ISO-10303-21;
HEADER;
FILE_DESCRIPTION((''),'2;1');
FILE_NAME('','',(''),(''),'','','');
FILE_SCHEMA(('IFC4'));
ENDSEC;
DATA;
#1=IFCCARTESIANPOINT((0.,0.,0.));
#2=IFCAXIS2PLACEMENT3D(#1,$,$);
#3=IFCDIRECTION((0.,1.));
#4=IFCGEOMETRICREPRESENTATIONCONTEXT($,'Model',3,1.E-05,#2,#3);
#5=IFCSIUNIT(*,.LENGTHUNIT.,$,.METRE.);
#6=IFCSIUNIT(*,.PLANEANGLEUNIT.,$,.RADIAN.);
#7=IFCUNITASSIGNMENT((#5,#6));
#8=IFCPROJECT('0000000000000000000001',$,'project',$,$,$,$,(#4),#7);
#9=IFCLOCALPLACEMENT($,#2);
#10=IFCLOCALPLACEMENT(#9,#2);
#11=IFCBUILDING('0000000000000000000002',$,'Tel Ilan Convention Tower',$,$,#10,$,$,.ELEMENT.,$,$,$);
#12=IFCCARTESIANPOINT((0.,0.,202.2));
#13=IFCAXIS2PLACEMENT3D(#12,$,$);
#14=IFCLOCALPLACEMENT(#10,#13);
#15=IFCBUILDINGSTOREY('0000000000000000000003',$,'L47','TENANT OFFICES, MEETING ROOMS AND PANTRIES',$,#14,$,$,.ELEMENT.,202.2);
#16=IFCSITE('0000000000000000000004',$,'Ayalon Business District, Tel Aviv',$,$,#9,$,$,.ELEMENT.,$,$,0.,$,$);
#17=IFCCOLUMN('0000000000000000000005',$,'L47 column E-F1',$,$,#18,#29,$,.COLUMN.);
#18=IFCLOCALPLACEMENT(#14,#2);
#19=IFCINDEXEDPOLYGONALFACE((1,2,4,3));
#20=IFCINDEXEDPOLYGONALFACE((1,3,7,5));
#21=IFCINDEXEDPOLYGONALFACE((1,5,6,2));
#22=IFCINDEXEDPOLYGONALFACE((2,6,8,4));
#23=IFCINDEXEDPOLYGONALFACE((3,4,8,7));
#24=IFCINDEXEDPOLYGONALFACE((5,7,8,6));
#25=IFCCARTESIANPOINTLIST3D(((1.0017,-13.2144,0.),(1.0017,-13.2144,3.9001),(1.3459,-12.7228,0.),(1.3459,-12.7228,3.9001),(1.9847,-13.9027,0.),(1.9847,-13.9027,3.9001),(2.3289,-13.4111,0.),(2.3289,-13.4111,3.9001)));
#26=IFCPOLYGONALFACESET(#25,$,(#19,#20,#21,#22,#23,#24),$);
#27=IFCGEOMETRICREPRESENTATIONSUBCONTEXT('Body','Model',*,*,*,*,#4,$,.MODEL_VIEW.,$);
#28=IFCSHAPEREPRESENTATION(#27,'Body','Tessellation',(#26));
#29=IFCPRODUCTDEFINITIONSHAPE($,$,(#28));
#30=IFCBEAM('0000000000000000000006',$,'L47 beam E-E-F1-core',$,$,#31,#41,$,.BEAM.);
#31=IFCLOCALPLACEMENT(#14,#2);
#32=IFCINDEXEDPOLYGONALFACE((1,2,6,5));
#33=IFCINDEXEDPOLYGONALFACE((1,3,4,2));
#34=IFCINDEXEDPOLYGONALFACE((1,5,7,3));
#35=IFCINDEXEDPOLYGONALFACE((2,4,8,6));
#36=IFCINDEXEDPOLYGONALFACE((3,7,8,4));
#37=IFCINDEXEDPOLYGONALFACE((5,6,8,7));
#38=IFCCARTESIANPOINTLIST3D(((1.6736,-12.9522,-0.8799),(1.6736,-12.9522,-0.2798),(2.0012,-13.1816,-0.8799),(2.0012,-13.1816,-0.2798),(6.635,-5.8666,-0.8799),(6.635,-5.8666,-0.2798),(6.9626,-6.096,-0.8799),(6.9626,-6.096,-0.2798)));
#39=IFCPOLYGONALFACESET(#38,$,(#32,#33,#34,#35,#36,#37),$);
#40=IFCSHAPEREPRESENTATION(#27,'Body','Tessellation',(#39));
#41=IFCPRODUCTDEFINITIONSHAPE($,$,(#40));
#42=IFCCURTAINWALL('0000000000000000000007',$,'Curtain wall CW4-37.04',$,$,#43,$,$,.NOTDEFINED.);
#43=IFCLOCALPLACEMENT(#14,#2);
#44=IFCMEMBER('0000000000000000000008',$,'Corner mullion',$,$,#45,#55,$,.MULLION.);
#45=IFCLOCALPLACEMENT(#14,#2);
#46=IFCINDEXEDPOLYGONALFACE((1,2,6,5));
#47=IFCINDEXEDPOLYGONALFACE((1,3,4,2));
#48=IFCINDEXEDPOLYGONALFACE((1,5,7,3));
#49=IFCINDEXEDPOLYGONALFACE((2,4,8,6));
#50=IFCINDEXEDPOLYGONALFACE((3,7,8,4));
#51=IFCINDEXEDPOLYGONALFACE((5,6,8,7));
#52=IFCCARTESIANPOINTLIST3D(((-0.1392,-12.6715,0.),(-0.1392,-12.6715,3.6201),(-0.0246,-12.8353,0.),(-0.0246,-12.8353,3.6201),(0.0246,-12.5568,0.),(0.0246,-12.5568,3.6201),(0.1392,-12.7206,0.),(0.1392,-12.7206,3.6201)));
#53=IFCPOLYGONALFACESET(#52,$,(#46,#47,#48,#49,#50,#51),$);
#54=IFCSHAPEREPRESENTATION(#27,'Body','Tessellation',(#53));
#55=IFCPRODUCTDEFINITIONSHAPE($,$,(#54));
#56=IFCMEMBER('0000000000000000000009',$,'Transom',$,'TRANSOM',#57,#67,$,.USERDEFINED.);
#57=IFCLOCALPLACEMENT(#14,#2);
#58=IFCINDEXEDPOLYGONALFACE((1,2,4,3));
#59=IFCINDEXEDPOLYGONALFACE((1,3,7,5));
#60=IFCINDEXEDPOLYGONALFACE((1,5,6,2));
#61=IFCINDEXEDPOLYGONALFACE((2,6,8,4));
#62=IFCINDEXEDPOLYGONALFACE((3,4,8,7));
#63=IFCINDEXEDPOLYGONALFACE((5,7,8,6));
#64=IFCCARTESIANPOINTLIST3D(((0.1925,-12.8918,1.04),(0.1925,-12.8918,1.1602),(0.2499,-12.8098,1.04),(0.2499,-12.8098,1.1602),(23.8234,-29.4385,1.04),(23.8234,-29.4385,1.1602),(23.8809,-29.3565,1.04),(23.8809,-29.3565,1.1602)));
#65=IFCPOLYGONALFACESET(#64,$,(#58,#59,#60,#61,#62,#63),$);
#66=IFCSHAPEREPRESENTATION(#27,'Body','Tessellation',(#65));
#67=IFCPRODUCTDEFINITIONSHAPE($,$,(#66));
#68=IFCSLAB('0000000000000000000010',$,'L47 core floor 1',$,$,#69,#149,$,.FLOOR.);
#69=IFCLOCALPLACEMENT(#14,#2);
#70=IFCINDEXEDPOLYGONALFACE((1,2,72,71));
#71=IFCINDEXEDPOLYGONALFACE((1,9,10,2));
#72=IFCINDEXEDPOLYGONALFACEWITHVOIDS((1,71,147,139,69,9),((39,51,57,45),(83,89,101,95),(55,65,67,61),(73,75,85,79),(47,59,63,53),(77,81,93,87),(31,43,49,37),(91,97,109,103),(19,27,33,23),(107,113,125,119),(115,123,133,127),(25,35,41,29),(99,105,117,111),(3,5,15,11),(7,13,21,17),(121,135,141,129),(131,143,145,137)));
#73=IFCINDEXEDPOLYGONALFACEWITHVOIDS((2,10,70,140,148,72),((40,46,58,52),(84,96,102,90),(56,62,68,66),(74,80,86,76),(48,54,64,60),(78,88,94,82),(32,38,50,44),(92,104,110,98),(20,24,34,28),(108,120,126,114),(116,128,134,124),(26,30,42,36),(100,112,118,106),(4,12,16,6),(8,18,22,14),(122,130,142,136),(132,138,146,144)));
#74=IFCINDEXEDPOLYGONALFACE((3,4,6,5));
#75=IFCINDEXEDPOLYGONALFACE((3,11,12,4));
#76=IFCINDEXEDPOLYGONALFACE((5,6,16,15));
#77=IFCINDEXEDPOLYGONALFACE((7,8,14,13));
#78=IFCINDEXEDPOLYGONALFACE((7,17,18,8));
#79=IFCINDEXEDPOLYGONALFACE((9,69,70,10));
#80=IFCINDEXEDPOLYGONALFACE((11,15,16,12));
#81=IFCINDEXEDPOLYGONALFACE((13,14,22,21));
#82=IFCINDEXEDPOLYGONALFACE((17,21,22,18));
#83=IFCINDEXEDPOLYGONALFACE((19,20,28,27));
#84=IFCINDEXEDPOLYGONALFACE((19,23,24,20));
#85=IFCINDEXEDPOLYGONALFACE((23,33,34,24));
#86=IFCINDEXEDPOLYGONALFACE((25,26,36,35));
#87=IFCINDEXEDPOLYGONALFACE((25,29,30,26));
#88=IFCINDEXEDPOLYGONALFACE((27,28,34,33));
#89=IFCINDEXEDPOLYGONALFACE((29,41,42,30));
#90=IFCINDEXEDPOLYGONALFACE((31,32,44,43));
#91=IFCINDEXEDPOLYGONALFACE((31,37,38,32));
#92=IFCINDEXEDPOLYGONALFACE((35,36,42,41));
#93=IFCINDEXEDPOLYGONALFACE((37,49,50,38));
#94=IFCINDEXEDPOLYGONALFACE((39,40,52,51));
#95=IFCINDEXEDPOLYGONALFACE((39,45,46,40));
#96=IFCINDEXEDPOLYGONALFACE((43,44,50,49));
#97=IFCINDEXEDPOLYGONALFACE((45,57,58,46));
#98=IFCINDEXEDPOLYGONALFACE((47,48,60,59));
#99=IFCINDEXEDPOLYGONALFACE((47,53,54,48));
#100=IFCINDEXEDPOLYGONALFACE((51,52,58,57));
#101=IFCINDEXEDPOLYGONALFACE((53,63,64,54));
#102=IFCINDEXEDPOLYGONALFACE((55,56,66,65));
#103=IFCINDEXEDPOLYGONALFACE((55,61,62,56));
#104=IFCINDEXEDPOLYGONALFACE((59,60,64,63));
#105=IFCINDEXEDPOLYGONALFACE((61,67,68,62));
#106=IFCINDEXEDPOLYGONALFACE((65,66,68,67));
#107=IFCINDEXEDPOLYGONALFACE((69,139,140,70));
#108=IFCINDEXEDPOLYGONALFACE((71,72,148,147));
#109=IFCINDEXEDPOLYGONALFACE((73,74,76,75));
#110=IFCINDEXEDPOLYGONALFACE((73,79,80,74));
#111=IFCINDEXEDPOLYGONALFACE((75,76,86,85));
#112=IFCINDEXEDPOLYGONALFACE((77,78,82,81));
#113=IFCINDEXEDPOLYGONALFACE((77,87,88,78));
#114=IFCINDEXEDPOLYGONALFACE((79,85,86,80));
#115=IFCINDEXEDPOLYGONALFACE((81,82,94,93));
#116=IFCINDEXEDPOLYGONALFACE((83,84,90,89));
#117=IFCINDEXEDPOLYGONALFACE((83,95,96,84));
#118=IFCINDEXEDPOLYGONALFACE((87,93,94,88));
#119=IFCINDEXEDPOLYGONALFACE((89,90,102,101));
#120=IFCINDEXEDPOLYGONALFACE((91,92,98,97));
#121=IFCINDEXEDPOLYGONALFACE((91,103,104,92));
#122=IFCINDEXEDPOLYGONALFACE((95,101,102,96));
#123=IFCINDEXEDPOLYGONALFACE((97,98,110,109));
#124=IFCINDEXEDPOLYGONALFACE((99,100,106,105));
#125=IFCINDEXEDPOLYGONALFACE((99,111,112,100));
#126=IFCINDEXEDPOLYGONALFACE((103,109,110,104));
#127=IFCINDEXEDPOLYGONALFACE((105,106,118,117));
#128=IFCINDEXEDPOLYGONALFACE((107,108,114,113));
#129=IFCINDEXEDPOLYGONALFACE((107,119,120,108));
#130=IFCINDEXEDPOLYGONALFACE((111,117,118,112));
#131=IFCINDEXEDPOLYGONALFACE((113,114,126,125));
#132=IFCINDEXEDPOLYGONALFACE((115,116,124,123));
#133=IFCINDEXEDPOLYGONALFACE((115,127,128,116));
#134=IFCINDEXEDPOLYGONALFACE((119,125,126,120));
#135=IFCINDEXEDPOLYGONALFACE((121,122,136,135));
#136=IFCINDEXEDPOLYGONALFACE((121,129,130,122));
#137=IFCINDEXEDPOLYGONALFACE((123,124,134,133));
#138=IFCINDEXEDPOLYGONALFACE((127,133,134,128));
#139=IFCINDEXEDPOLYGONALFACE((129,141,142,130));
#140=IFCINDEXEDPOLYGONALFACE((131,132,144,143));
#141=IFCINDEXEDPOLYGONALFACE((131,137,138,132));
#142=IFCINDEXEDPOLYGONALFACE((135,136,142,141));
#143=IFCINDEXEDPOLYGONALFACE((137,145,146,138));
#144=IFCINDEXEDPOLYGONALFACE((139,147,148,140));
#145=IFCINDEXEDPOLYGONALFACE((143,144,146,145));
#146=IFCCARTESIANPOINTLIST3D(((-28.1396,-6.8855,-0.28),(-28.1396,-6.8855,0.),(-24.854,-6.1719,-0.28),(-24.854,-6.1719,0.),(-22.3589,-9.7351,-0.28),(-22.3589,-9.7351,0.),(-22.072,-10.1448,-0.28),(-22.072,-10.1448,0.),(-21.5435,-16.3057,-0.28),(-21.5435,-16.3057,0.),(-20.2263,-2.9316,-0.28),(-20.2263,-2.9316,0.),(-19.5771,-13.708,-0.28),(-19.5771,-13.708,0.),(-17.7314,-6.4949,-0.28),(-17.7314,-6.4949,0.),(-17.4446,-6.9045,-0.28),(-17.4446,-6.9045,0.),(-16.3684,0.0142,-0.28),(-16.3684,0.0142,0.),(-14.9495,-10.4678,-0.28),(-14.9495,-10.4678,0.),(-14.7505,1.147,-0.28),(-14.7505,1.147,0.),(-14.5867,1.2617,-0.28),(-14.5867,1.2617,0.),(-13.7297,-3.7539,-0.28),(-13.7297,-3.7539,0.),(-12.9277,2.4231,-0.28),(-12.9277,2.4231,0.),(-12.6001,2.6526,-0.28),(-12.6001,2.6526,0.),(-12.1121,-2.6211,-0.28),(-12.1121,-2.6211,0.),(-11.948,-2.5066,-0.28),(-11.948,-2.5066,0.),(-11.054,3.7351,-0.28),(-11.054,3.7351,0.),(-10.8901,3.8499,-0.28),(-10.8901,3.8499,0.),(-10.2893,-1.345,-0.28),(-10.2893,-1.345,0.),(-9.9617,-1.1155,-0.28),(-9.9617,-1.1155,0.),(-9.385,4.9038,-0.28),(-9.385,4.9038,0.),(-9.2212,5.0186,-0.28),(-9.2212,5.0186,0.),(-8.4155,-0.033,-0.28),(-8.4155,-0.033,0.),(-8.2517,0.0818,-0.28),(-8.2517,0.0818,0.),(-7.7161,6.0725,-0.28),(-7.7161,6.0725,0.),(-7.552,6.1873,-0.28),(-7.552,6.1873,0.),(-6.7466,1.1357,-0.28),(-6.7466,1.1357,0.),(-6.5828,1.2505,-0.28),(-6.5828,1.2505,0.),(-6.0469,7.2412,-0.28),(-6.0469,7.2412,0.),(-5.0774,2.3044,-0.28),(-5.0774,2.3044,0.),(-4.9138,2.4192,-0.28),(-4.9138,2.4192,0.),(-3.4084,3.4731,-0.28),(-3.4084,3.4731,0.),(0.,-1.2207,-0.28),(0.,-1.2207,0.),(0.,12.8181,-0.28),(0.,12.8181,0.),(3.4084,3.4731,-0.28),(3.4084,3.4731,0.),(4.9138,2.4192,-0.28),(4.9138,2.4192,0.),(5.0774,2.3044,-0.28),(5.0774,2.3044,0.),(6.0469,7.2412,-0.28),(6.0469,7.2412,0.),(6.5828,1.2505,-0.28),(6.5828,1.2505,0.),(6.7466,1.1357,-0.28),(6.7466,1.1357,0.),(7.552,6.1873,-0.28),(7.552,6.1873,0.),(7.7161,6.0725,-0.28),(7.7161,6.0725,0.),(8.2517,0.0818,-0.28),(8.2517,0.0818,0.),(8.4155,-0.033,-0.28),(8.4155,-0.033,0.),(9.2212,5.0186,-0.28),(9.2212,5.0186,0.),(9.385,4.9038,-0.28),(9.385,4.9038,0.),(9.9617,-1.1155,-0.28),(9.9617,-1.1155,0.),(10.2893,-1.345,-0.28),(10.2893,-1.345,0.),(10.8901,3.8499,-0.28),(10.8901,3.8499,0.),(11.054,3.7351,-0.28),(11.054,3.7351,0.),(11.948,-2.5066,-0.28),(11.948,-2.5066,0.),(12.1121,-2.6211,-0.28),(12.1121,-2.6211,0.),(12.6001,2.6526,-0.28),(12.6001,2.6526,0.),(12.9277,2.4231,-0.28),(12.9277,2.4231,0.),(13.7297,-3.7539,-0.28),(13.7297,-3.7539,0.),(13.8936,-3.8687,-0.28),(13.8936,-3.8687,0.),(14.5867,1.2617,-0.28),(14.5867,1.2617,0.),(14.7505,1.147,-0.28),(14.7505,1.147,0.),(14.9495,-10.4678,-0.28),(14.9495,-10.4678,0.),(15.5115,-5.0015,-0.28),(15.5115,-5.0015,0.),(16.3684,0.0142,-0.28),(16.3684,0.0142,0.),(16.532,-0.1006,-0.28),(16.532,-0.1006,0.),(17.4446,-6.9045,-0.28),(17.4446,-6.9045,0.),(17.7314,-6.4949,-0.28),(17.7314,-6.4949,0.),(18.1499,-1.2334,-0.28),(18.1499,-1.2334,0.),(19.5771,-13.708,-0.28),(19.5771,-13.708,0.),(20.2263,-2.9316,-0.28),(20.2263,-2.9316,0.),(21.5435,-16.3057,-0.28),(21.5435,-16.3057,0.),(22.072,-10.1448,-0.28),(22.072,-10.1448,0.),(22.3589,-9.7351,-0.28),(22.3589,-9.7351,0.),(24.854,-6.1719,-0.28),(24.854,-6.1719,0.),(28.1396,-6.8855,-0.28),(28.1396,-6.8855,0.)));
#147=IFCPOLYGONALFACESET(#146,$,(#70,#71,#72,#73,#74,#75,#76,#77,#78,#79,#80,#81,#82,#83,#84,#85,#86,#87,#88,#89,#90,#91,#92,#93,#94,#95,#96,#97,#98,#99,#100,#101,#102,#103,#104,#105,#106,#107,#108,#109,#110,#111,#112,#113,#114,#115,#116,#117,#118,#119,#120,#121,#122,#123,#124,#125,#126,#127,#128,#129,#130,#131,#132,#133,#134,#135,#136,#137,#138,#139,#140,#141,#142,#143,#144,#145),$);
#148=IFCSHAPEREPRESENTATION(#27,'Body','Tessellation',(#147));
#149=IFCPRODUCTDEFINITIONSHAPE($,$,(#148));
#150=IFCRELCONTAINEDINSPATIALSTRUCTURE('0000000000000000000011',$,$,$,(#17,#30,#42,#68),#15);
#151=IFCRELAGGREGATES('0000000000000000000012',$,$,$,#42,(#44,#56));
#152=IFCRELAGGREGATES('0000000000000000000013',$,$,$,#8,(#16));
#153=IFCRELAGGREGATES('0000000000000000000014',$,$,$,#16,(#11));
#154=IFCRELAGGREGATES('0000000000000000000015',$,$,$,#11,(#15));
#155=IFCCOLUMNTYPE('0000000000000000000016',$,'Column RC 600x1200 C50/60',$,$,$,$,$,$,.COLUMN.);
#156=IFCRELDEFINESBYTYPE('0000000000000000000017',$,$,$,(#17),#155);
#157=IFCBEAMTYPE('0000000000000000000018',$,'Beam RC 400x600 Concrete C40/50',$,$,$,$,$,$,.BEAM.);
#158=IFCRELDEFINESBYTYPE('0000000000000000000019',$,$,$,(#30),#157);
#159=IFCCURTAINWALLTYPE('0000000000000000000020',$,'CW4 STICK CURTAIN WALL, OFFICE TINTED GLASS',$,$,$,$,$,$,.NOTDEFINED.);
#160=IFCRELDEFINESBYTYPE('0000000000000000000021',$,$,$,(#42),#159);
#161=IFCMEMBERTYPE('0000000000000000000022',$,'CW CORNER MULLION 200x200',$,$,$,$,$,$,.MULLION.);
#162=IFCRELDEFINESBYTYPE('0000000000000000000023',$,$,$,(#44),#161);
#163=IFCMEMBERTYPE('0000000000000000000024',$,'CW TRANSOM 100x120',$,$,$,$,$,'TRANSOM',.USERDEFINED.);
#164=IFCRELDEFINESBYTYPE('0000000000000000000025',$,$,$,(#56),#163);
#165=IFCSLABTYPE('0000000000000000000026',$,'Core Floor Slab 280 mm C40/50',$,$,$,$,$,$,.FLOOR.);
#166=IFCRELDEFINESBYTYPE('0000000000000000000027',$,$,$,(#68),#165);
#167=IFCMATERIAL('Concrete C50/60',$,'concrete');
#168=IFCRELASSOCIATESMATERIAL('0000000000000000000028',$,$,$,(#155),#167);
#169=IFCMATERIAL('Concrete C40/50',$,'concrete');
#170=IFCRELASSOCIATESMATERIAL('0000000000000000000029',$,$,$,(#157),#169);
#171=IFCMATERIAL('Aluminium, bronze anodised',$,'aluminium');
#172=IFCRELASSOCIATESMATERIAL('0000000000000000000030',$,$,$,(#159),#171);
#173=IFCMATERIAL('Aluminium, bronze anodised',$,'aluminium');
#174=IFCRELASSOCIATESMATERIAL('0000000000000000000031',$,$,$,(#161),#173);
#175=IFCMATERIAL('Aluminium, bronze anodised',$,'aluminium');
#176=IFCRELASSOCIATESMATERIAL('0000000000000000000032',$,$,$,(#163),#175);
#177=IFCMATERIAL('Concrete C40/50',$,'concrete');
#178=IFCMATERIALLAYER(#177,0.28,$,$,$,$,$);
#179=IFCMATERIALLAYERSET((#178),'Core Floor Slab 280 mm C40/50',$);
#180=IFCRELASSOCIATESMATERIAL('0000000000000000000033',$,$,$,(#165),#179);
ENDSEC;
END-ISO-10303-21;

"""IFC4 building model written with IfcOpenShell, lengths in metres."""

from ifc_helpers import new_model, si_unit, direction, frame, origin, origin_2d, place, context, subcontext, project, spatial, polyline, rectangle, outline, extrude, material, layer, layer_set, material_profile, profile_set, type_object, element, aggregate, save


model = new_model("IFC4")

# Units and contexts
model_context = context("Model", 3, precision=1e-05, world=origin(), true_north=direction((0.0, 1.0)))
body_context = subcontext(model_context, "Body", "Model", "MODEL_VIEW")
ifc_project = project(units=[si_unit("LENGTHUNIT", "METRE"), si_unit("PLANEANGLEUNIT", "RADIAN")], contexts=[model_context])

# Site, building, storey
site_placement = place(None, origin())
site = spatial("IfcSite", under=ifc_project, at=site_placement, Name="Ayalon Business District, Tel Aviv", CompositionType="ELEMENT", RefElevation=0.0)
building_placement = place(site_placement, origin())
building = spatial("IfcBuilding", under=site, at=building_placement, Name="Tel Ilan Convention Tower", CompositionType="ELEMENT")
storey_placement = place(building_placement, frame((0.0, 0.0, 202.2)))
storey = spatial("IfcBuildingStorey", under=building, at=storey_placement, Name="L47", Description="TENANT OFFICES, MEETING ROOMS AND PANTRIES", CompositionType="ELEMENT", Elevation=202.2)

# Column
ifc_material_1 = material(Name="Concrete C50/60", Category="concrete")
ifc_material_profile_1 = material_profile(ifc_material_1, rectangle(XDim=1.2, YDim=0.6001, at=origin_2d()), Name="RC 600x1200")
ifc_profile_set_1 = profile_set([ifc_material_profile_1], Name="Concrete C50/60")
column_type = type_object("IfcColumnType", Name="Column RC 600x1200 C50/60", PredefinedType="COLUMN", material=ifc_profile_set_1)
column_placement = place(storey_placement, frame((1.6653, -13.3127, 0.0), z_axis=(0.0, 0.0, 1.0), x_axis=(0.819152, -0.573576, 0.0)))
element("IfcColumn", 1, at=column_placement, inside=storey, type_object=column_type, Name="L47 column E-F1", PredefinedType="COLUMN", context=body_context, shape_type="SweptSolid", body=[
    extrude(rectangle(XDim=1.2, YDim=0.6001, at=origin_2d()), origin(), (0.0, 0.0, 1.0), 3.9001),
])

# Beam
ifc_material_2 = material(Name="Concrete C40/50", Category="concrete")
ifc_material_profile_2 = material_profile(ifc_material_2, rectangle(XDim=0.3999, YDim=0.6001, at=origin_2d()), Name="RC 400x600")
ifc_profile_set_2 = profile_set([ifc_material_profile_2], Name="Concrete C40/50")
beam_type = type_object("IfcBeamType", Name="Beam RC 400x600 Concrete C40/50", PredefinedType="BEAM", material=ifc_profile_set_2)
beam_placement = place(storey_placement, frame((1.8374, -13.0669, -0.5798), z_axis=(0.573574, 0.819154, 0.0), x_axis=(-0.819154, 0.573574, 0.0)))
element("IfcBeam", 2, at=beam_placement, inside=storey, type_object=beam_type, Name="L47 beam E-E-F1-core", PredefinedType="BEAM", context=body_context, shape_type="SweptSolid", body=[
    extrude(rectangle(XDim=0.3999, YDim=0.6001, at=origin_2d()), origin(), (0.0, 0.0, 1.0), 8.6499),
])

# Curtain wall, members
ifc_material_3 = material(Name="Aluminium, bronze anodised", Category="aluminium")
curtain_wall_type = type_object("IfcCurtainWallType", Name="CW4 STICK CURTAIN WALL, OFFICE TINTED GLASS", PredefinedType="NOTDEFINED", material=ifc_material_3)
curtain_wall_placement = place(storey_placement, origin())
curtain_wall = element("IfcCurtainWall", 3, at=curtain_wall_placement, inside=storey, type_object=curtain_wall_type, Name="Curtain wall CW4-37.04", PredefinedType="NOTDEFINED")
ifc_material_4 = material(Name="Aluminium, bronze anodised", Category="aluminium")
ifc_material_profile_3 = material_profile(ifc_material_4, rectangle(XDim=0.2, YDim=0.2, at=origin_2d()), Name="CW CORNER MULLION 200x200")
ifc_profile_set_3 = profile_set([ifc_material_profile_3], Name="Aluminium, bronze anodised")
member_type_1 = type_object("IfcMemberType", Name="CW CORNER MULLION 200x200", PredefinedType="MULLION", material=ifc_profile_set_3)
member_1_placement = place(storey_placement, frame((0.0, -12.696, 0.0), z_axis=(0.0, 0.0, 1.0), x_axis=(0.819152, 0.573576, 0.0)))
member_1 = element("IfcMember", 4, at=member_1_placement, type_object=member_type_1, Name="Corner mullion", PredefinedType="MULLION", context=body_context, shape_type="SweptSolid", body=[
    extrude(rectangle(XDim=0.2, YDim=0.2, at=origin_2d()), origin(), (0.0, 0.0, 1.0), 3.6201),
])
ifc_material_5 = material(Name="Aluminium, bronze anodised", Category="aluminium")
ifc_material_profile_4 = material_profile(ifc_material_5, rectangle(XDim=0.1001, YDim=0.1201, at=origin_2d()), Name="CW TRANSOM 100x120")
ifc_profile_set_4 = profile_set([ifc_material_profile_4], Name="Aluminium, bronze anodised")
member_type_2 = type_object("IfcMemberType", Name="CW TRANSOM 100x120", ElementType="TRANSOM", PredefinedType="USERDEFINED", material=ifc_profile_set_4)
member_2_placement = place(storey_placement, frame((0.2212, -12.8508, 1.1001), z_axis=(0.81915, -0.573579, 0.0), x_axis=(0.573579, 0.81915, 0.0)))
member_2 = element("IfcMember", 5, at=member_2_placement, type_object=member_type_2, Name="Transom", ObjectType="TRANSOM", PredefinedType="USERDEFINED", context=body_context, shape_type="SweptSolid", body=[
    extrude(rectangle(XDim=0.1001, YDim=0.1201, at=origin_2d()), origin(), (0.0, 0.0, 1.0), 28.8481),
])
aggregate(curtain_wall, [member_1, member_2])

# Slab
ifc_material_6 = material(Name="Concrete C40/50", Category="concrete")
ifc_layer_1 = layer(ifc_material_6, 0.28)
ifc_layer_set_1 = layer_set([ifc_layer_1], Name="Core Floor Slab 280 mm C40/50")
slab_type = type_object("IfcSlabType", Name="Core Floor Slab 280 mm C40/50", PredefinedType="FLOOR", material=ifc_layer_set_1)
slab_placement = place(storey_placement, frame((0.0, 0.0, -0.28)))
element("IfcSlab", 6, at=slab_placement, inside=storey, type_object=slab_type, Name="L47 core floor 1", PredefinedType="FLOOR", context=body_context, shape_type="SweptSolid", body=[
    extrude(outline(polyline([(-28.1396, -6.8855), (0.0, 12.8181), (28.1396, -6.8855), (21.5435, -16.3057), (0.0, -1.2207), (-21.5435, -16.3057), (-28.1396, -6.8855)]), holes=[polyline([(-14.9495, -10.4678), (-17.4446, -6.9045), (-22.072, -10.1448), (-19.5771, -13.708), (-14.9495, -10.4678)]), polyline([(-17.7314, -6.4949), (-20.2263, -2.9316), (-24.854, -6.1719), (-22.3589, -9.7351), (-17.7314, -6.4949)]), polyline([(-14.7505, 1.147), (-16.3684, 0.0142), (-13.7297, -3.7539), (-12.1121, -2.6211), (-14.7505, 1.147)]), polyline([(-12.9277, 2.4231), (-14.5867, 1.2617), (-11.948, -2.5066), (-10.2893, -1.345), (-12.9277, 2.4231)]), polyline([(-11.054, 3.7351), (-12.6001, 2.6526), (-9.9617, -1.1155), (-8.4155, -0.033), (-11.054, 3.7351)]), polyline([(-9.385, 4.9038), (-10.8901, 3.8499), (-8.2517, 0.0818), (-6.7466, 1.1357), (-9.385, 4.9038)]), polyline([(-7.7161, 6.0725), (-9.2212, 5.0186), (-6.5828, 1.2505), (-5.0774, 2.3044), (-7.7161, 6.0725)]), polyline([(-6.0469, 7.2412), (-7.552, 6.1873), (-4.9138, 2.4192), (-3.4084, 3.4731), (-6.0469, 7.2412)]), polyline([(4.9138, 2.4192), (7.552, 6.1873), (6.0469, 7.2412), (3.4084, 3.4731), (4.9138, 2.4192)]), polyline([(17.4446, -6.9045), (14.9495, -10.4678), (19.5771, -13.708), (22.072, -10.1448), (17.4446, -6.9045)]), polyline([(20.2263, -2.9316), (17.7314, -6.4949), (22.3589, -9.7351), (24.854, -6.1719), (20.2263, -2.9316)]), polyline([(15.5115, -5.0015), (18.1499, -1.2334), (16.532, -0.1006), (13.8936, -3.8687), (15.5115, -5.0015)]), polyline([(13.7297, -3.7539), (16.3684, 0.0142), (14.7505, 1.147), (12.1121, -2.6211), (13.7297, -3.7539)]), polyline([(11.948, -2.5066), (14.5867, 1.2617), (12.9277, 2.4231), (10.2893, -1.345), (11.948, -2.5066)]), polyline([(9.9617, -1.1155), (12.6001, 2.6526), (11.054, 3.7351), (8.4155, -0.033), (9.9617, -1.1155)]), polyline([(6.7466, 1.1357), (8.2517, 0.0818), (10.8901, 3.8499), (9.385, 4.9038), (6.7466, 1.1357)]), polyline([(5.0774, 2.3044), (6.5828, 1.2505), (9.2212, 5.0186), (7.7161, 6.0725), (5.0774, 2.3044)])]), origin(), (0.0, 0.0, 1.0), 0.28),
])

save(model, "model.ifc")
